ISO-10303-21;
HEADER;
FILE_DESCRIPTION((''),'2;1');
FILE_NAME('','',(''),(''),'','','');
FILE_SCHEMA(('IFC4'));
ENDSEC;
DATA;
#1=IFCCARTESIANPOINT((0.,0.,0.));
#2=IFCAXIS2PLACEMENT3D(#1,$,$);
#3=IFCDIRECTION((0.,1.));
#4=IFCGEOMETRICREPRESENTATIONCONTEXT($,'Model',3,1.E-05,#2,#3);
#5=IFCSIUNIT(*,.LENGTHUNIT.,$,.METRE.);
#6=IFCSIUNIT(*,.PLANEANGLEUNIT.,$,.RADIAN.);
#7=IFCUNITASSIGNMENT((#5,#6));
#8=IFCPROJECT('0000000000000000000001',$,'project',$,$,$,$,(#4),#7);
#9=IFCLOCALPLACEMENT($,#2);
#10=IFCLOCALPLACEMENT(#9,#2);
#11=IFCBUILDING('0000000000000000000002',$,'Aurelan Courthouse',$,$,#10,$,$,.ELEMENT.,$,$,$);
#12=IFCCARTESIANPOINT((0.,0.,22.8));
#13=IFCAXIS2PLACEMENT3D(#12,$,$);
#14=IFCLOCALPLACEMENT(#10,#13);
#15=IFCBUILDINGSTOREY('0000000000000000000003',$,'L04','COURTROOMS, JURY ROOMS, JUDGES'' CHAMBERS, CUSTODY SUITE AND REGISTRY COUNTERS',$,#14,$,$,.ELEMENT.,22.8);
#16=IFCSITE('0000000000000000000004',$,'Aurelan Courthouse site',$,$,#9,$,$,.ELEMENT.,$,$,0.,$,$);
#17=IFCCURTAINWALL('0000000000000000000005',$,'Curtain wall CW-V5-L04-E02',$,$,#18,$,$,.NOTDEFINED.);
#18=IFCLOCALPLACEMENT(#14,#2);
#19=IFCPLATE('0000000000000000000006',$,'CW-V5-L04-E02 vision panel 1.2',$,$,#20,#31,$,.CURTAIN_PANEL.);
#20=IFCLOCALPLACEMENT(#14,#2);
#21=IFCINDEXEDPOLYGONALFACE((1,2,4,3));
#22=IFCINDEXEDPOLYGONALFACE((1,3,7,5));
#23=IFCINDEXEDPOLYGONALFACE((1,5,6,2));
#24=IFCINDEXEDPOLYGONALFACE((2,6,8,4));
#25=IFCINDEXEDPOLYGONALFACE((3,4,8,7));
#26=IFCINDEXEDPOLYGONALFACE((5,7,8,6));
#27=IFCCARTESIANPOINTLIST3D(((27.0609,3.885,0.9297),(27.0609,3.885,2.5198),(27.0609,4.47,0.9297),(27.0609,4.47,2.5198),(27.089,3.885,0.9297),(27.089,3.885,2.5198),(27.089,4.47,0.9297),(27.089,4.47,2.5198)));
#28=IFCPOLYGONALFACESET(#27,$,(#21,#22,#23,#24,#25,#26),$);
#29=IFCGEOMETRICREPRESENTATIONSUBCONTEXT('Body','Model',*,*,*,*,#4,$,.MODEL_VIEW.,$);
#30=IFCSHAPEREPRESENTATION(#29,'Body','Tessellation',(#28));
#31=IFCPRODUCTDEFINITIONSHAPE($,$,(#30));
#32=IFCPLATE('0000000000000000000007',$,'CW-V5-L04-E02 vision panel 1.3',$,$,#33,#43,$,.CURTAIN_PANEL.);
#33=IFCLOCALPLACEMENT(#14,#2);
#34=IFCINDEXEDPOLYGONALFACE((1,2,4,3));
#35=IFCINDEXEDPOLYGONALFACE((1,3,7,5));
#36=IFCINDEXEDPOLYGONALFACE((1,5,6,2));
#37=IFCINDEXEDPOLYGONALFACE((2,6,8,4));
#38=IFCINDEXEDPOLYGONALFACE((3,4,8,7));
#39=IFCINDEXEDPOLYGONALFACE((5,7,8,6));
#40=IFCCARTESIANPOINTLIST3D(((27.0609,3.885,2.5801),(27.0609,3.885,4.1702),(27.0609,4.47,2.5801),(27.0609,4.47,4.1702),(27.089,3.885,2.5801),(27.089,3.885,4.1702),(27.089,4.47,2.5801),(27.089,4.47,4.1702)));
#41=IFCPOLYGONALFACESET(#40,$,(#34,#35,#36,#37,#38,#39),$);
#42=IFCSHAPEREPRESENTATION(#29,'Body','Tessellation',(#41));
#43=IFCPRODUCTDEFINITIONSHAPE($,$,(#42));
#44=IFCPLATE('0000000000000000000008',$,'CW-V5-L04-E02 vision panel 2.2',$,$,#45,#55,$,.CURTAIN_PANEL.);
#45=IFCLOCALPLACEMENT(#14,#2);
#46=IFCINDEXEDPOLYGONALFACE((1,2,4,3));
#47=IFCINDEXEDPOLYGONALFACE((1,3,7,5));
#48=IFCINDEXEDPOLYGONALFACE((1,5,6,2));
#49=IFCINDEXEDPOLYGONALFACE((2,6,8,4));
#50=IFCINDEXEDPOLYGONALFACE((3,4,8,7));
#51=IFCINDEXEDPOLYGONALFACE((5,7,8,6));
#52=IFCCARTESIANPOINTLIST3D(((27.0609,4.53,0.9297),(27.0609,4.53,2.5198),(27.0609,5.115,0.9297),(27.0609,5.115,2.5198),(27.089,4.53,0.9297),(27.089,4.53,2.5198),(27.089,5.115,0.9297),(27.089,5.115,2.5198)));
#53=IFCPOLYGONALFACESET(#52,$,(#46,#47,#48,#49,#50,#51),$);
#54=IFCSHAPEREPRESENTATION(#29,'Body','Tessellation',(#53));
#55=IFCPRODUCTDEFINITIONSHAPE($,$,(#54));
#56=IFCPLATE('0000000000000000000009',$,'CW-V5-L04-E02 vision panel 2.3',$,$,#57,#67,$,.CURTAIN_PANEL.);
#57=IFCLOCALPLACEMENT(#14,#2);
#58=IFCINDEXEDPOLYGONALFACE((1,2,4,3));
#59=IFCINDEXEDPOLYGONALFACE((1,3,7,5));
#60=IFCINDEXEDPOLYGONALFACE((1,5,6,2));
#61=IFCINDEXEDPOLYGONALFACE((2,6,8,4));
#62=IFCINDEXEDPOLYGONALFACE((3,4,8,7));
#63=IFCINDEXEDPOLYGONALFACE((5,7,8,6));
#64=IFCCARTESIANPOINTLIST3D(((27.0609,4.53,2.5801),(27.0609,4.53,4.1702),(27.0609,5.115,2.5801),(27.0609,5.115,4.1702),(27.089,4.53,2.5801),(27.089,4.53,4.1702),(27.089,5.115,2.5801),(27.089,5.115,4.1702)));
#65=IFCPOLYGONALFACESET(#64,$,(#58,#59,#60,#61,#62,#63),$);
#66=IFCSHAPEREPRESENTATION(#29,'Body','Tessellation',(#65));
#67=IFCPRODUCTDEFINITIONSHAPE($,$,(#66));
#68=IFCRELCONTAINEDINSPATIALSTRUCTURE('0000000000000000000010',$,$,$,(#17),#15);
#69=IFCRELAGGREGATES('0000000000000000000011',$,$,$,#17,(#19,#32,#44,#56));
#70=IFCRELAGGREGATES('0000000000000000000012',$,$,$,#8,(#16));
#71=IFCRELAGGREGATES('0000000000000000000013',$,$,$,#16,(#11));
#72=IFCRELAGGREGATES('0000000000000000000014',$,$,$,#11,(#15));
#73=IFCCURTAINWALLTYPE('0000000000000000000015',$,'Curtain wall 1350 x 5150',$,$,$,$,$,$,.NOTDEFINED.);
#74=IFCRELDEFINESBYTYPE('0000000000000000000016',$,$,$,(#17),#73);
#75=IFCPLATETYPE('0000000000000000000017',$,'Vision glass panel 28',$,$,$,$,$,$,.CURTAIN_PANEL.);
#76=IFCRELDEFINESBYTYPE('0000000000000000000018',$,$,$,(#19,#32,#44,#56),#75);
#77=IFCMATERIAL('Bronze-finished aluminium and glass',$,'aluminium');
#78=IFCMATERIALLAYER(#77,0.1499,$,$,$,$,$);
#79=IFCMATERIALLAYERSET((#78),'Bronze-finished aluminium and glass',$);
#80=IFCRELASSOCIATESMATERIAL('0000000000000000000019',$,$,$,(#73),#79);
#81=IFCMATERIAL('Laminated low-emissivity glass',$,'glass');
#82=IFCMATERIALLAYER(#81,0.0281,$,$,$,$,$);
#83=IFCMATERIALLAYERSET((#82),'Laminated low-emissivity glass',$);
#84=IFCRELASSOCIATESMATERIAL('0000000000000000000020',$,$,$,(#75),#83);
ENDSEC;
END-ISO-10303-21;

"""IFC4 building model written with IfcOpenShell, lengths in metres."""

from ifc_helpers import new_model, si_unit, direction, frame, origin, origin_2d, place, context, subcontext, project, spatial, rectangle, extrude, material, layer, layer_set, type_object, element, aggregate, save


model = new_model("IFC4")

# Units and contexts
model_context = context("Model", 3, precision=1e-05, world=origin(), true_north=direction((0.0, 1.0)))
body_context = subcontext(model_context, "Body", "Model", "MODEL_VIEW")
ifc_project = project(units=[si_unit("LENGTHUNIT", "METRE"), si_unit("PLANEANGLEUNIT", "RADIAN")], contexts=[model_context])

# Site, building, storey
site_placement = place(None, origin())
site = spatial("IfcSite", under=ifc_project, at=site_placement, Name="Aurelan Courthouse site", CompositionType="ELEMENT", RefElevation=0.0)
building_placement = place(site_placement, origin())
building = spatial("IfcBuilding", under=site, at=building_placement, Name="Aurelan Courthouse", CompositionType="ELEMENT")
storey_placement = place(building_placement, frame((0.0, 0.0, 22.8)))
storey = spatial("IfcBuildingStorey", under=building, at=storey_placement, Name="L04", Description="COURTROOMS, JURY ROOMS, JUDGES' CHAMBERS, CUSTODY SUITE AND REGISTRY COUNTERS", CompositionType="ELEMENT", Elevation=22.8)

# Curtain wall
ifc_material_1 = material(Name="Bronze-finished aluminium and glass", Category="aluminium")
ifc_layer_1 = layer(ifc_material_1, 0.1499)
ifc_layer_set_1 = layer_set([ifc_layer_1], Name="Bronze-finished aluminium and glass")
curtain_wall_type = type_object("IfcCurtainWallType", Name="Curtain wall 1350 x 5150", PredefinedType="NOTDEFINED", material=ifc_layer_set_1)
curtain_wall_1_placement = place(storey_placement, origin())
curtain_wall_1 = element("IfcCurtainWall", 1, at=curtain_wall_1_placement, inside=storey, type_object=curtain_wall_type, Name="Curtain wall CW-V5-L04-E02", PredefinedType="NOTDEFINED")

# Plates
ifc_material_2 = material(Name="Laminated low-emissivity glass", Category="glass")
ifc_layer_2 = layer(ifc_material_2, 0.0281)
ifc_layer_set_2 = layer_set([ifc_layer_2], Name="Laminated low-emissivity glass")
plate_type_1 = type_object("IfcPlateType", Name="Vision glass panel 28", PredefinedType="CURTAIN_PANEL", material=ifc_layer_set_2)
plate_1_placement = place(storey_placement, frame((27.075, 4.1775, 0.9297), z_axis=(0.0, 0.0, 1.0), x_axis=(0.0, 1.0, 0.0)))
plate_1 = element("IfcPlate", 2, at=plate_1_placement, type_object=plate_type_1, Name="CW-V5-L04-E02 vision panel 1.2", PredefinedType="CURTAIN_PANEL", context=body_context, shape_type="SweptSolid", body=[
    extrude(rectangle(XDim=0.585, YDim=0.0281, at=origin_2d()), origin(), (0.0, 0.0, 1.0), 1.5901),
])
plate_2_placement = place(storey_placement, frame((27.075, 4.1775, 2.5801), z_axis=(0.0, 0.0, 1.0), x_axis=(0.0, 1.0, 0.0)))
plate_2 = element("IfcPlate", 3, at=plate_2_placement, type_object=plate_type_1, Name="CW-V5-L04-E02 vision panel 1.3", PredefinedType="CURTAIN_PANEL", context=body_context, shape_type="SweptSolid", body=[
    extrude(rectangle(XDim=0.585, YDim=0.0281, at=origin_2d()), origin(), (0.0, 0.0, 1.0), 1.5901),
])
plate_3_placement = place(storey_placement, frame((27.075, 4.8225, 0.9297), z_axis=(0.0, 0.0, 1.0), x_axis=(0.0, 1.0, 0.0)))
plate_3 = element("IfcPlate", 4, at=plate_3_placement, type_object=plate_type_1, Name="CW-V5-L04-E02 vision panel 2.2", PredefinedType="CURTAIN_PANEL", context=body_context, shape_type="SweptSolid", body=[
    extrude(rectangle(XDim=0.585, YDim=0.0281, at=origin_2d()), origin(), (0.0, 0.0, 1.0), 1.5901),
])
plate_4_placement = place(storey_placement, frame((27.075, 4.8225, 2.5801), z_axis=(0.0, 0.0, 1.0), x_axis=(0.0, 1.0, 0.0)))
plate_4 = element("IfcPlate", 5, at=plate_4_placement, type_object=plate_type_1, Name="CW-V5-L04-E02 vision panel 2.3", PredefinedType="CURTAIN_PANEL", context=body_context, shape_type="SweptSolid", body=[
    extrude(rectangle(XDim=0.585, YDim=0.0281, at=origin_2d()), origin(), (0.0, 0.0, 1.0), 1.5901),
])
aggregate(curtain_wall_1, [plate_1, plate_2, plate_3, plate_4])

save(model, "model.ifc")
